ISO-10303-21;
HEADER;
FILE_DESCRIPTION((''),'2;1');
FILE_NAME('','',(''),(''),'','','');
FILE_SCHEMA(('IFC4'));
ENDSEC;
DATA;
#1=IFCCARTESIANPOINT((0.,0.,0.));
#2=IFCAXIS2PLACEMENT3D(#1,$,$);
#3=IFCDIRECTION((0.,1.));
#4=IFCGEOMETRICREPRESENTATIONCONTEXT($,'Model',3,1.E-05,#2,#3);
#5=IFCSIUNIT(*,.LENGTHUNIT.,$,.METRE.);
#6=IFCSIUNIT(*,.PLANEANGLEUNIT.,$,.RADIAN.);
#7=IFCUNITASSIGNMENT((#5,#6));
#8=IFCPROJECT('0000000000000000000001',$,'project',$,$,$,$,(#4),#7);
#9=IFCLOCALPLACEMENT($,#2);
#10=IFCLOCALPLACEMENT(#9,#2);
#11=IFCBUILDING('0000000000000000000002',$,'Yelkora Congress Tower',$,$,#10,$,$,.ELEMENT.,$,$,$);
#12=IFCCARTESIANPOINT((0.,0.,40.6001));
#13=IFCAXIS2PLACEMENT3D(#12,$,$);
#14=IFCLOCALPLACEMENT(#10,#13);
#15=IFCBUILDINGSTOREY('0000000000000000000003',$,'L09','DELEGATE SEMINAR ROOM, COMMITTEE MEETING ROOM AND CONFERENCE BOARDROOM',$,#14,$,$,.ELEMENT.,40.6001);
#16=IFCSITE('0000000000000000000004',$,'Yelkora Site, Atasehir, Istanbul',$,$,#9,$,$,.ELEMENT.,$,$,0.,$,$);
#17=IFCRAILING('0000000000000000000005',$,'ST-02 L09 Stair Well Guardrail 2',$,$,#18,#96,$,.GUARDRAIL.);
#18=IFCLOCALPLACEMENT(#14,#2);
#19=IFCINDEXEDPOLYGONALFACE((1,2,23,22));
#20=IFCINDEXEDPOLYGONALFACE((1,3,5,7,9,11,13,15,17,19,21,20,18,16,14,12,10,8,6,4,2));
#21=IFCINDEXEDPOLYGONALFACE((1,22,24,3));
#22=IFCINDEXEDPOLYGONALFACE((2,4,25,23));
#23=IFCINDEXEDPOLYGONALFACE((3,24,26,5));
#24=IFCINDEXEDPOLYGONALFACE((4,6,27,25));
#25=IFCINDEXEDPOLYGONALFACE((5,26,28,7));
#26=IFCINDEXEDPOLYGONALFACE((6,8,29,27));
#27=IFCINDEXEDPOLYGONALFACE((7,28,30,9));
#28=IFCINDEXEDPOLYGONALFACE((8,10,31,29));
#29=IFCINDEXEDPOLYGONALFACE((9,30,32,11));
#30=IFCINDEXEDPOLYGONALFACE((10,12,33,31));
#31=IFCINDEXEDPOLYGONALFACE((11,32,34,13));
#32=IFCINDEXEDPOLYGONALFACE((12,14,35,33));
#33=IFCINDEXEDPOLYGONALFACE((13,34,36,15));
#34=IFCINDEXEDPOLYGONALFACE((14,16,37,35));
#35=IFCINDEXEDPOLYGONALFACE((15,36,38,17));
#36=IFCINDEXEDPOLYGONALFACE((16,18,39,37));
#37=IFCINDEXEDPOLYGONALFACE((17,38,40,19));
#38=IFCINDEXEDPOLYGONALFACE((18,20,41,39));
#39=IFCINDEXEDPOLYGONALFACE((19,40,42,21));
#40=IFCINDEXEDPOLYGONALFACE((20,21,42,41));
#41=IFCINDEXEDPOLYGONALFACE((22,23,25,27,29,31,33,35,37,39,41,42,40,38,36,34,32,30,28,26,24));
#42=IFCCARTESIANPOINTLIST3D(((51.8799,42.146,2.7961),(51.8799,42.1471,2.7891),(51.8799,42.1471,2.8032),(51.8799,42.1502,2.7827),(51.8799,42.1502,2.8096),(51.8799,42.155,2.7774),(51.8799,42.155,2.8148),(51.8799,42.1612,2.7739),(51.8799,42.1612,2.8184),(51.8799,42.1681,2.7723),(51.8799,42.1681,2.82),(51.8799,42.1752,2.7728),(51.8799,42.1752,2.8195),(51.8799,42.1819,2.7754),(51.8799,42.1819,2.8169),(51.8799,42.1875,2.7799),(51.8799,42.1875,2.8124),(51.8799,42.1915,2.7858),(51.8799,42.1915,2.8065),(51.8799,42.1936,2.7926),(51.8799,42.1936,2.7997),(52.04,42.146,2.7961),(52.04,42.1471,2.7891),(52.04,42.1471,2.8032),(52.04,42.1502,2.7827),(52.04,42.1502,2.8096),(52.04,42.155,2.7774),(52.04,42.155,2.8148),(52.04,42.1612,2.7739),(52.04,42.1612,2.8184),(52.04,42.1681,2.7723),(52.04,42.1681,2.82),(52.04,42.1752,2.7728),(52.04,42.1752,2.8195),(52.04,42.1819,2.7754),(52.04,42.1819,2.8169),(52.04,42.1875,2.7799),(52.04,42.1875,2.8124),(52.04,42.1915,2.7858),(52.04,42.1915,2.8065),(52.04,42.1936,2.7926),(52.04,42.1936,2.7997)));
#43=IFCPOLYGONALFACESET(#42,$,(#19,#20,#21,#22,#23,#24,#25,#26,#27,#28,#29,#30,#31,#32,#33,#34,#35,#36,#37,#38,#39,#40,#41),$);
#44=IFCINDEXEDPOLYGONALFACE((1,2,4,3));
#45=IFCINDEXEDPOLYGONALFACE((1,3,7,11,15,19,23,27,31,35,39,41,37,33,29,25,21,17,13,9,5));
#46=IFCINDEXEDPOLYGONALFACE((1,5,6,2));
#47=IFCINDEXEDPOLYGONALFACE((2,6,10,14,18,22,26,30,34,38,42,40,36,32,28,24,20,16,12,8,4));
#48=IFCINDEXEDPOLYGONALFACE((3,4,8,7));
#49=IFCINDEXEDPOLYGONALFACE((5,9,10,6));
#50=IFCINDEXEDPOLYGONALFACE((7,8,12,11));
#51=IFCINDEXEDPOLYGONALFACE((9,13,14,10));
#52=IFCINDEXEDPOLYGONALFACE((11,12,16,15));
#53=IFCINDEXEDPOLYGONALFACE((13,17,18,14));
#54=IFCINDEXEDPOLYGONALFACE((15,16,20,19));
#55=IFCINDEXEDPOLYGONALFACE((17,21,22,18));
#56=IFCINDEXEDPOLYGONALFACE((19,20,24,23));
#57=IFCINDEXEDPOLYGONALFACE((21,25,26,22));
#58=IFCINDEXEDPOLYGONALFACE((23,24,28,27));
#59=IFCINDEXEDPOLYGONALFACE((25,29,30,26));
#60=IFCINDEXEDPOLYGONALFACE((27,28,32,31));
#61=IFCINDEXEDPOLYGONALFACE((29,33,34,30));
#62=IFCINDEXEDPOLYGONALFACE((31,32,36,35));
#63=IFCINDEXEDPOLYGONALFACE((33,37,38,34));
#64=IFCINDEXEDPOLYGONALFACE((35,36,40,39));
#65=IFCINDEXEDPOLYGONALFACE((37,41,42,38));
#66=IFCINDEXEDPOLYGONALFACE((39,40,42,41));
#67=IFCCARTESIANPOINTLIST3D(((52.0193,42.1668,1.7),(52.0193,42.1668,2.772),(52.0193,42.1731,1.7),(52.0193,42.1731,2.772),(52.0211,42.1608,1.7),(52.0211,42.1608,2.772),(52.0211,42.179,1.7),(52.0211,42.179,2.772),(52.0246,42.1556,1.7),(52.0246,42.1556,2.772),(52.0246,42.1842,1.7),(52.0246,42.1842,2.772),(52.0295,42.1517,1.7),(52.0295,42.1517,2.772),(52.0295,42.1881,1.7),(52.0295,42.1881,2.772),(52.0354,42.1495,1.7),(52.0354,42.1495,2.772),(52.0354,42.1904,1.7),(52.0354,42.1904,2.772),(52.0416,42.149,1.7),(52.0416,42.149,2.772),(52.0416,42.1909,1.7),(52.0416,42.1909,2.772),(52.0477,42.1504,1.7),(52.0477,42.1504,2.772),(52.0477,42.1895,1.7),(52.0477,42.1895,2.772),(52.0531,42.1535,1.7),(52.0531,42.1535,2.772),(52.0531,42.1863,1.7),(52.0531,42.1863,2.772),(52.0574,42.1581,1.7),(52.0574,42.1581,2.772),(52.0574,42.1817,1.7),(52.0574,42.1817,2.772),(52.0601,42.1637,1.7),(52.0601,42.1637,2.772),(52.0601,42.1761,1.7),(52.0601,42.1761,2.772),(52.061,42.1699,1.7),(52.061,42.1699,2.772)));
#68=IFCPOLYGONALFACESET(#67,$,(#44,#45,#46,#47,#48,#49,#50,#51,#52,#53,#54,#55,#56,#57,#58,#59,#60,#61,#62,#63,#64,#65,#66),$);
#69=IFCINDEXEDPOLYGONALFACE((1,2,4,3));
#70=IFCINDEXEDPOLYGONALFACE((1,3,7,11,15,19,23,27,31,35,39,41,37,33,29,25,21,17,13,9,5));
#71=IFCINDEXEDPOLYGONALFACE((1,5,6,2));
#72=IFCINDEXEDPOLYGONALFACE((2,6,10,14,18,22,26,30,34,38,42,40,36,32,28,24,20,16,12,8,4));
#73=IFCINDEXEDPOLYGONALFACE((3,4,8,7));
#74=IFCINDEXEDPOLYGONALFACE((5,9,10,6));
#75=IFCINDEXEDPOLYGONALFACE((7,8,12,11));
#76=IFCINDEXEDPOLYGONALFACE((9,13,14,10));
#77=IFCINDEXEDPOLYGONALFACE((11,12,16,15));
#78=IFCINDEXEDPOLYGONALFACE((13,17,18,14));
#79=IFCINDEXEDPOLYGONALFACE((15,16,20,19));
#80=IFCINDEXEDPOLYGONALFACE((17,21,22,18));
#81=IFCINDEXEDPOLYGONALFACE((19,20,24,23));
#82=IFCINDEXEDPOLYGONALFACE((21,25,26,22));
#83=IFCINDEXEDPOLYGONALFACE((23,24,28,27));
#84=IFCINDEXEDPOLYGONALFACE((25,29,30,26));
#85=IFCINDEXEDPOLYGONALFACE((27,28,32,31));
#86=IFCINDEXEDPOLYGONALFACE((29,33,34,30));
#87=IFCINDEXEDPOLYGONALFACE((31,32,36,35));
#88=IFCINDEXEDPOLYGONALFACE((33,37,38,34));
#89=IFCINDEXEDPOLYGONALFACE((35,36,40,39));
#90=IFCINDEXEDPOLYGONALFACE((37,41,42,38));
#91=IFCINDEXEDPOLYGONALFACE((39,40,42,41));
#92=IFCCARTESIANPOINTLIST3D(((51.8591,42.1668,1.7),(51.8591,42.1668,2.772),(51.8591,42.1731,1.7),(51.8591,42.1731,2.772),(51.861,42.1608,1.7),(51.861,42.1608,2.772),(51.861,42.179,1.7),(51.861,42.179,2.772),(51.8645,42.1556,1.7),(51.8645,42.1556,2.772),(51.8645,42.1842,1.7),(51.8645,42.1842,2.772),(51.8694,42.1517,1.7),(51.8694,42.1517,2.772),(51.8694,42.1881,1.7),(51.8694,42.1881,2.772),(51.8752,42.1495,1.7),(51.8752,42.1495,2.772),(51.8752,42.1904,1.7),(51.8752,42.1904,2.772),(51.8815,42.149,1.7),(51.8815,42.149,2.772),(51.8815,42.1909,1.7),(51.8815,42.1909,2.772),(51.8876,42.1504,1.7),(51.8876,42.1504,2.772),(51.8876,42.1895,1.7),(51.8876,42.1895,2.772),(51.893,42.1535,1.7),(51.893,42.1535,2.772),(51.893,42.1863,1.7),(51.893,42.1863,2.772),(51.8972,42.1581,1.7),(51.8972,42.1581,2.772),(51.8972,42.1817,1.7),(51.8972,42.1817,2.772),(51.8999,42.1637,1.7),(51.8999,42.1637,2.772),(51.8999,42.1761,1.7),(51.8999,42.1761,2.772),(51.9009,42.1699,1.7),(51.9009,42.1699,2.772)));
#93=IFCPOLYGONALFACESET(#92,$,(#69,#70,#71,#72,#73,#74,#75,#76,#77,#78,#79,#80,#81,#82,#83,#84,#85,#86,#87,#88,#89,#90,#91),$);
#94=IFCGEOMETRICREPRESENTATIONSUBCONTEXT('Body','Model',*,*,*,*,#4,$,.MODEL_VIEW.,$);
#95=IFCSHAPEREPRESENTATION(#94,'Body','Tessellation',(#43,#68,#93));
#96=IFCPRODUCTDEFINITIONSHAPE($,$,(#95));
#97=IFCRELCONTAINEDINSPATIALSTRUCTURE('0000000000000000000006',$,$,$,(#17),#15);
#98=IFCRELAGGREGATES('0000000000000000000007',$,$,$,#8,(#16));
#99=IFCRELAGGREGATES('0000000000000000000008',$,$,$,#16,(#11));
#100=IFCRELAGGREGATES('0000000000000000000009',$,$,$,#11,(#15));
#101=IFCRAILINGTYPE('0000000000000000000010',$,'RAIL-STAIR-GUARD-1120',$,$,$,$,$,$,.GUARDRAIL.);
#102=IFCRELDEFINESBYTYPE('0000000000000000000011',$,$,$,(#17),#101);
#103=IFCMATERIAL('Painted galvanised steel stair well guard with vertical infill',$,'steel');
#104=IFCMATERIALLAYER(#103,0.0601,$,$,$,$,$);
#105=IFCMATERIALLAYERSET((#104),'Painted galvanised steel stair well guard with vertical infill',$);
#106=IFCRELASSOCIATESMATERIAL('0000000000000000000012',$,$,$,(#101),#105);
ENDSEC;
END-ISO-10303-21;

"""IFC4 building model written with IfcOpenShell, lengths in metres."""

from ifc_helpers import new_model, si_unit, direction, frame, origin, origin_2d, place, context, subcontext, project, spatial, circle, extrude, material, layer, layer_set, type_object, element, save


model = new_model("IFC4")

# Units and contexts
model_context = context("Model", 3, precision=1e-05, world=origin(), true_north=direction((0.0, 1.0)))
body_context = subcontext(model_context, "Body", "Model", "MODEL_VIEW")
ifc_project = project(units=[si_unit("LENGTHUNIT", "METRE"), si_unit("PLANEANGLEUNIT", "RADIAN")], contexts=[model_context])

# Site, building, storey
site_placement = place(None, origin())
site = spatial("IfcSite", under=ifc_project, at=site_placement, Name="Yelkora Site, Atasehir, Istanbul", CompositionType="ELEMENT", RefElevation=0.0)
building_placement = place(site_placement, origin())
building = spatial("IfcBuilding", under=site, at=building_placement, Name="Yelkora Congress Tower", CompositionType="ELEMENT")
storey_placement = place(building_placement, frame((0.0, 0.0, 40.6001)))
storey = spatial("IfcBuildingStorey", under=building, at=storey_placement, Name="L09", Description="DELEGATE SEMINAR ROOM, COMMITTEE MEETING ROOM AND CONFERENCE BOARDROOM", CompositionType="ELEMENT", Elevation=40.6001)

# Railing
ifc_material_1 = material(Name="Painted galvanised steel stair well guard with vertical infill", Category="steel")
ifc_layer_1 = layer(ifc_material_1, 0.0601)
ifc_layer_set_1 = layer_set([ifc_layer_1], Name="Painted galvanised steel stair well guard with vertical infill")
railing_type_1 = type_object("IfcRailingType", Name="RAIL-STAIR-GUARD-1120", PredefinedType="GUARDRAIL", material=ifc_layer_set_1)
railing_1_placement = place(storey_placement, frame((52.04, 42.1699, 1.7)))
element("IfcRailing", 1, at=railing_1_placement, inside=storey, type_object=railing_type_1, Name="ST-02 L09 Stair Well Guardrail 2", PredefinedType="GUARDRAIL", context=body_context, shape_type="SweptSolid", body=[
    extrude(circle(Radius=0.0239, at=origin_2d()), frame((0.0, 0.0, 1.0962), z_axis=(-1.0, 0.0, 0.0), x_axis=(0.0, -1.0, 0.0)), (0.0, 0.0, 1.0), 0.1602),
    extrude(circle(Radius=0.021, at=origin_2d()), origin(), (0.0, 0.0, 1.0), 1.072),
    extrude(circle(Radius=0.021, at=origin_2d()), frame((-0.1602, 0.0, 0.0)), (0.0, 0.0, 1.0), 1.072),
])

save(model, "model.ifc")
